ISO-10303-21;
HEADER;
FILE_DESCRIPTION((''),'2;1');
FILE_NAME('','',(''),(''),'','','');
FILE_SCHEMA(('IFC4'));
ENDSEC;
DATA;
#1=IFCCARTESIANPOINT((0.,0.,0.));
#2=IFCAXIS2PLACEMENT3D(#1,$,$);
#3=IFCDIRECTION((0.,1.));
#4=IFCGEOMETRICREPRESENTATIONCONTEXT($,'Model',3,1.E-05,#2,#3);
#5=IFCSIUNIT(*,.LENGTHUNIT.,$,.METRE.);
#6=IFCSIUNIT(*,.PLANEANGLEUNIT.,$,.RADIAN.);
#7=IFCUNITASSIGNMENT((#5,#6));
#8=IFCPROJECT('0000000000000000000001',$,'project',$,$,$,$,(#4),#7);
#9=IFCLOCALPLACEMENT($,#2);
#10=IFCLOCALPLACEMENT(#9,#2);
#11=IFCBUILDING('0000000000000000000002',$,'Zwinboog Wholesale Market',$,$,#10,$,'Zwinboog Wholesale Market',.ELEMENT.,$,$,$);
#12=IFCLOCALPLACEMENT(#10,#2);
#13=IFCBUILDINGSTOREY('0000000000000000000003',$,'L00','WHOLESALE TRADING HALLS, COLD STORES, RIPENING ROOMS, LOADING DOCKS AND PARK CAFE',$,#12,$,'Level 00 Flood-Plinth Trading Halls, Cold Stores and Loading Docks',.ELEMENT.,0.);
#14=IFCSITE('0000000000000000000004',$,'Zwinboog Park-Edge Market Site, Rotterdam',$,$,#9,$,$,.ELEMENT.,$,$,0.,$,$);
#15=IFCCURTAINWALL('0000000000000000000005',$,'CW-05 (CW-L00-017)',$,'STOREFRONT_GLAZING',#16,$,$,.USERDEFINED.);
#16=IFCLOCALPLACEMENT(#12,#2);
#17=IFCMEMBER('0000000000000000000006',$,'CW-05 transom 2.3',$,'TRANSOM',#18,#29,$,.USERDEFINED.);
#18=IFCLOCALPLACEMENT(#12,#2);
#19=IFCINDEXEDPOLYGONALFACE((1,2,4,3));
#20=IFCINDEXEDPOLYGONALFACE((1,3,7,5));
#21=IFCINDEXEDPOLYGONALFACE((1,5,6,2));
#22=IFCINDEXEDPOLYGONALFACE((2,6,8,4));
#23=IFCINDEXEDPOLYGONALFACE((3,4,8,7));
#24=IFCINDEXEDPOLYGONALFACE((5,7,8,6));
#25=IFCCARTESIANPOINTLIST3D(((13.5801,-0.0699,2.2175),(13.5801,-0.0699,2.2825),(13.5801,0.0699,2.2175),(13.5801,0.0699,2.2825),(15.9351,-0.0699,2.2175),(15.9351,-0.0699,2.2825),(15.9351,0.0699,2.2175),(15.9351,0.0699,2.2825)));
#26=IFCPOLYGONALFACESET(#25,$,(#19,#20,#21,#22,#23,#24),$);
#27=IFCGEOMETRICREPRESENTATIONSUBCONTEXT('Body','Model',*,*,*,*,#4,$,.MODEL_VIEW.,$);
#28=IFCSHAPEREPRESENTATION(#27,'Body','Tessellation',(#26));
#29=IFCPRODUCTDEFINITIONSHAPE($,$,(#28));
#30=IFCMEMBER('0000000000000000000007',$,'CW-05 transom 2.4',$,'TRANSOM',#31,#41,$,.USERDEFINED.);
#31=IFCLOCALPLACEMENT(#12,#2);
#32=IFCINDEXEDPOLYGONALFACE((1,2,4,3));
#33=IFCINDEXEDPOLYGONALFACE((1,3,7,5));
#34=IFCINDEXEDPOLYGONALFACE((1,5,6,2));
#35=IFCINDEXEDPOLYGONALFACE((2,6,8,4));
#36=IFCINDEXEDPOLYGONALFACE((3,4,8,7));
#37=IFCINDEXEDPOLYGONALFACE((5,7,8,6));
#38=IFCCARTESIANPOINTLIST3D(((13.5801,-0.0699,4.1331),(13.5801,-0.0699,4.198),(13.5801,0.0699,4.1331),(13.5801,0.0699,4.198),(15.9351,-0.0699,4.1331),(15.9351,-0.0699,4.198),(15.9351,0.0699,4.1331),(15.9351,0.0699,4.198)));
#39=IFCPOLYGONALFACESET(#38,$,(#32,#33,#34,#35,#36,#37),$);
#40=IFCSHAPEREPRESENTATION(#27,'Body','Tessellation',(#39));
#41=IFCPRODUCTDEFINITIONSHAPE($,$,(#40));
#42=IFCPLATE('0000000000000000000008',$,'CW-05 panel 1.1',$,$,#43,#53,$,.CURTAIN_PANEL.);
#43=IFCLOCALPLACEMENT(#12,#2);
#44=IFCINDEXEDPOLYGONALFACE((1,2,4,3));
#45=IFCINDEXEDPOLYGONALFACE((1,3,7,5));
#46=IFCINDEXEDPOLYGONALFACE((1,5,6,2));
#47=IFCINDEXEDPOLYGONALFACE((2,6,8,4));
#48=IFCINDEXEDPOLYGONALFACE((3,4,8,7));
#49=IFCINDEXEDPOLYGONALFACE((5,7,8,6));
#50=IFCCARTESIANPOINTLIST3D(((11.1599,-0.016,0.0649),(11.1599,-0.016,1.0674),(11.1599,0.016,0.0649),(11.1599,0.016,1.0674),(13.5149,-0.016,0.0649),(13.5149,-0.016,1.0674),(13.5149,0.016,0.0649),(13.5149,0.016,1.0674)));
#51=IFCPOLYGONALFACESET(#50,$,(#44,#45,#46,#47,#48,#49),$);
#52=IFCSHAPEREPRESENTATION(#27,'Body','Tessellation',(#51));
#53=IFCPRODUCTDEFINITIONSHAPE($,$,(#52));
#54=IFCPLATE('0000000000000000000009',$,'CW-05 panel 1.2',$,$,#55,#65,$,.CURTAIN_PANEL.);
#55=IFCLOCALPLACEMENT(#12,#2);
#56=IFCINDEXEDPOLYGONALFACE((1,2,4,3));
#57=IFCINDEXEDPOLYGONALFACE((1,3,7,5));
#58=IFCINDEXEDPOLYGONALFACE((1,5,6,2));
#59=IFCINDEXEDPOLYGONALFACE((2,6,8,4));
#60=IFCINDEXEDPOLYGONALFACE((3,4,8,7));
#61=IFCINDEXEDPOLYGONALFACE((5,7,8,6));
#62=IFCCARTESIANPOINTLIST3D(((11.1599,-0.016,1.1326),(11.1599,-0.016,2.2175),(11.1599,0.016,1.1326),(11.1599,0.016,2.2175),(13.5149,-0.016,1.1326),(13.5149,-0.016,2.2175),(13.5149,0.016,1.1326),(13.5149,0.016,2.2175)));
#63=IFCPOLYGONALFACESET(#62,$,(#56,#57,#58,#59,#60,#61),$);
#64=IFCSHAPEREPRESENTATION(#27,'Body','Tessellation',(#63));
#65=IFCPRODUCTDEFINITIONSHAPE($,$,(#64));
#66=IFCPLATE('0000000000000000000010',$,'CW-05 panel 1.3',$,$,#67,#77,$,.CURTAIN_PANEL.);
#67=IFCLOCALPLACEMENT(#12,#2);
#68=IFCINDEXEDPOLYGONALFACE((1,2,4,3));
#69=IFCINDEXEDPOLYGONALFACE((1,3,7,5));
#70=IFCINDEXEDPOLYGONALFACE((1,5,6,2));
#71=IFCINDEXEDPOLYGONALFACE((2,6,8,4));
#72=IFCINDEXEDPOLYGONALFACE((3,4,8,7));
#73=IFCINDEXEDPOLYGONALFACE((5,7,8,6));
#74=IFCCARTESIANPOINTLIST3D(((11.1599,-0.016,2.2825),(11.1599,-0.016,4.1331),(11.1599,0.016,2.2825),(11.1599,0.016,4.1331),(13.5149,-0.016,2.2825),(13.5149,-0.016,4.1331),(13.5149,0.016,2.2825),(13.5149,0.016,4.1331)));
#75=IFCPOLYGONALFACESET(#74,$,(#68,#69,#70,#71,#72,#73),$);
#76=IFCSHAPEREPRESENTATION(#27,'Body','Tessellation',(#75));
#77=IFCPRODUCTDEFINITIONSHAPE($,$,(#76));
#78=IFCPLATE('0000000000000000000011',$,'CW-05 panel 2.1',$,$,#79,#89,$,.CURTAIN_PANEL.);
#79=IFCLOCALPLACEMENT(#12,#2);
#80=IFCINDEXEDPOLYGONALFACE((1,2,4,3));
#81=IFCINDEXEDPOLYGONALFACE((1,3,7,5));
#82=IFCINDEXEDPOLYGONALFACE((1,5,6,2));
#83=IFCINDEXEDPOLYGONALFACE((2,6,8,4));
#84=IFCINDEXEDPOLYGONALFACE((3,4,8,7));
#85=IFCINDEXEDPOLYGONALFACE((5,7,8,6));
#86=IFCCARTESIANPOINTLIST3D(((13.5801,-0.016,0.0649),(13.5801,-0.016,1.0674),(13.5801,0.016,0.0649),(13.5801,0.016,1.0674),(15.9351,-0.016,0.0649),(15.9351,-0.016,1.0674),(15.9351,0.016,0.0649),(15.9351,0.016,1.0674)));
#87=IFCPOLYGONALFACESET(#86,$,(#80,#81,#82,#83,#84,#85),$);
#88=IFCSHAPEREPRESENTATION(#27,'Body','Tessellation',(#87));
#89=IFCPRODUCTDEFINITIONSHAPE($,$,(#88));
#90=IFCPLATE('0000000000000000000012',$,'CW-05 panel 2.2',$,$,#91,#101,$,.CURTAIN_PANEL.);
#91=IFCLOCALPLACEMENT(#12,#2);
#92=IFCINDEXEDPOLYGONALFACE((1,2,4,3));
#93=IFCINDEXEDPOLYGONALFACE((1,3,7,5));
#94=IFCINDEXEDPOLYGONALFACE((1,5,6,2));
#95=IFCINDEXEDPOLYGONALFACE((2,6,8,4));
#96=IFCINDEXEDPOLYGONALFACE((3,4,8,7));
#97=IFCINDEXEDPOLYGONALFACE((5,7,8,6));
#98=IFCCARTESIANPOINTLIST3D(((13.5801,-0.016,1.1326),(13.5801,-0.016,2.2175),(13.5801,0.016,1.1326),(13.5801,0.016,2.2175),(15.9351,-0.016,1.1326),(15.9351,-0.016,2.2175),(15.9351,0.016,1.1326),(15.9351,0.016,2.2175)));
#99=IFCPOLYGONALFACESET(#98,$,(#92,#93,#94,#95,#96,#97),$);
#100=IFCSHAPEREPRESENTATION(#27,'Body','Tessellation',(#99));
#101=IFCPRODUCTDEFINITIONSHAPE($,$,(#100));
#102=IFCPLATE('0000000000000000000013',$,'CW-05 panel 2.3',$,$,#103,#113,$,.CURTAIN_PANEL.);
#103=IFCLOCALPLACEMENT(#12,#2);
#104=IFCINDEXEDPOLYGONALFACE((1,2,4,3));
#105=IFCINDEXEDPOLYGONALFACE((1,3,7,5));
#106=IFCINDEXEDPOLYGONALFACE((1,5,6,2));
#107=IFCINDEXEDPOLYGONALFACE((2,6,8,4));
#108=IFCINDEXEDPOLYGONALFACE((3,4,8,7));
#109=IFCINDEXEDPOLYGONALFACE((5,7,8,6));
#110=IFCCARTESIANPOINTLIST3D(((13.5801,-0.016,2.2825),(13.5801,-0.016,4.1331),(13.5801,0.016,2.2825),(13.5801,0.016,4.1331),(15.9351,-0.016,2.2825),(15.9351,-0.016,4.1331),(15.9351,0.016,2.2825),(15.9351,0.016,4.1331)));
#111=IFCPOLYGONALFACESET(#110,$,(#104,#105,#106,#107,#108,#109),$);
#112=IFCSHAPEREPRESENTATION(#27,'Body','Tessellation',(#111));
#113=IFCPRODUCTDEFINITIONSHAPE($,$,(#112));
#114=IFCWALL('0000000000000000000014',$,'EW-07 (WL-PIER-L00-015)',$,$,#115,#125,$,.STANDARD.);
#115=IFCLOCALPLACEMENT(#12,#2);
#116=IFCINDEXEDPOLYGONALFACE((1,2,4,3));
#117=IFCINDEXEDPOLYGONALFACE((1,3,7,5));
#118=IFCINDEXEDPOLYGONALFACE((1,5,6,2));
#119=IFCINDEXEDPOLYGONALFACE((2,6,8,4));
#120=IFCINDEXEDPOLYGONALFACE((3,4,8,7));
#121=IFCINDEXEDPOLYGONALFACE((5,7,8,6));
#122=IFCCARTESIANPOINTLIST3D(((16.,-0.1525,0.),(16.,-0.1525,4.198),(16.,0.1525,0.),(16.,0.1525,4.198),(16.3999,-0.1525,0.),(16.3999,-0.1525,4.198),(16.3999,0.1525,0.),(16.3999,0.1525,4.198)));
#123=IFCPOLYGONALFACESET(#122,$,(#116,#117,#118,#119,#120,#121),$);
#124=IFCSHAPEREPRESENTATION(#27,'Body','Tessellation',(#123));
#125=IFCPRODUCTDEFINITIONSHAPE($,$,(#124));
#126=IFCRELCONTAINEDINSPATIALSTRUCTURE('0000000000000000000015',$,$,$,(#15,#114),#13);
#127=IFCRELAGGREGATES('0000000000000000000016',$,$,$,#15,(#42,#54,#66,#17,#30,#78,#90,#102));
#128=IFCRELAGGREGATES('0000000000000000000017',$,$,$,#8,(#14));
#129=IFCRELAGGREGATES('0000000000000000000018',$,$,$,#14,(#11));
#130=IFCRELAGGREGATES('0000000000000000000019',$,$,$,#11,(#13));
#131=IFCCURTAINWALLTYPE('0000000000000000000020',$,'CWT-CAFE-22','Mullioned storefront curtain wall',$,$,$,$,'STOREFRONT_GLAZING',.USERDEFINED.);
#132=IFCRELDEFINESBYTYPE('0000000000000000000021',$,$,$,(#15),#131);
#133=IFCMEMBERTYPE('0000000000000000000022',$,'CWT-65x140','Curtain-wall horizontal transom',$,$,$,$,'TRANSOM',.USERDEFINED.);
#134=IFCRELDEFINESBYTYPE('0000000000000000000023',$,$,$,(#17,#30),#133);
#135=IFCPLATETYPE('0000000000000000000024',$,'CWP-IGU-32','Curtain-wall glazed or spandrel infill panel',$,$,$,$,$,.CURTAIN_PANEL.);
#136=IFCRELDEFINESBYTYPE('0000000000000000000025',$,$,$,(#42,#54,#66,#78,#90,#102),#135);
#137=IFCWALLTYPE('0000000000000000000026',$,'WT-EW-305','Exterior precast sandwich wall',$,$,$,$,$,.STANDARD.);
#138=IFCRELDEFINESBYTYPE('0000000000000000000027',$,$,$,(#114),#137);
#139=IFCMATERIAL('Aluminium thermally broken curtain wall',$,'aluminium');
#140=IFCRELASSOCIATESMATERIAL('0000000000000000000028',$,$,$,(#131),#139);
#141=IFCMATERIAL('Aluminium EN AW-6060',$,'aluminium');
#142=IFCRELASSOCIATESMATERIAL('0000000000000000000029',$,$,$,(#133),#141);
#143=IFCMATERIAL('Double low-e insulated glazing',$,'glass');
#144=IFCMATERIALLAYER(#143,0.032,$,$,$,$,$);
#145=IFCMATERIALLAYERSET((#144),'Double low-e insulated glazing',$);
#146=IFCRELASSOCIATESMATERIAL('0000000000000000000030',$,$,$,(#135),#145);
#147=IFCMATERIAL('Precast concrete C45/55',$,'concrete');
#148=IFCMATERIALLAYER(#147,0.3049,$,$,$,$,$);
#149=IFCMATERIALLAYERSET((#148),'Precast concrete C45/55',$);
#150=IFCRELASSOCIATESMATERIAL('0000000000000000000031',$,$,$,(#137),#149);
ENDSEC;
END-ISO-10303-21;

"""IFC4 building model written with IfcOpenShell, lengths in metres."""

from ifc_helpers import new_model, si_unit, direction, frame, frame_2d, origin, origin_2d, place, context, subcontext, project, spatial, rectangle, extrude, material, layer, layer_set, material_profile, profile_set, type_object, element, aggregate, save


model = new_model("IFC4")

# Units and contexts
model_context = context("Model", 3, precision=1e-05, world=origin(), true_north=direction((0.0, 1.0)))
body_context = subcontext(model_context, "Body", "Model", "MODEL_VIEW")
ifc_project = project(units=[si_unit("LENGTHUNIT", "METRE"), si_unit("PLANEANGLEUNIT", "RADIAN")], contexts=[model_context])

# Site, building, storey
site_placement = place(None, origin())
site = spatial("IfcSite", under=ifc_project, at=site_placement, Name="Zwinboog Park-Edge Market Site, Rotterdam", CompositionType="ELEMENT", RefElevation=0.0)
building_placement = place(site_placement, origin())
building = spatial("IfcBuilding", under=site, at=building_placement, Name="Zwinboog Wholesale Market", LongName="Zwinboog Wholesale Market", CompositionType="ELEMENT")
storey_placement = place(building_placement, origin())
storey = spatial("IfcBuildingStorey", under=building, at=storey_placement, Name="L00", Description="WHOLESALE TRADING HALLS, COLD STORES, RIPENING ROOMS, LOADING DOCKS AND PARK CAFE", LongName="Level 00 Flood-Plinth Trading Halls, Cold Stores and Loading Docks", CompositionType="ELEMENT", Elevation=0.0)

# Curtain wall
ifc_material_1 = material(Name="Aluminium thermally broken curtain wall", Category="aluminium")
curtain_wall_type_1 = type_object("IfcCurtainWallType", Name="CWT-CAFE-22", Description="Mullioned storefront curtain wall", ElementType="STOREFRONT_GLAZING", PredefinedType="USERDEFINED", material=ifc_material_1)
curtain_wall_1_placement = place(storey_placement, origin())
curtain_wall_1 = element("IfcCurtainWall", 1, at=curtain_wall_1_placement, inside=storey, type_object=curtain_wall_type_1, Name="CW-05 (CW-L00-017)", ObjectType="STOREFRONT_GLAZING", PredefinedType="USERDEFINED")
ifc_material_2 = material(Name="Aluminium EN AW-6060", Category="aluminium")

# Members
ifc_material_profile_1 = material_profile(ifc_material_2, rectangle(XDim=0.1399, YDim=0.0649, at=origin_2d()), Name="AL 65x140")
ifc_profile_set_1 = profile_set([ifc_material_profile_1], Name="Aluminium EN AW-6060")
member_type_1 = type_object("IfcMemberType", Name="CWT-65x140", Description="Curtain-wall horizontal transom", ElementType="TRANSOM", PredefinedType="USERDEFINED", material=ifc_profile_set_1)
member_1_placement = place(storey_placement, frame((13.5801, 0.0, 2.25), z_axis=(1.0, 0.0, 0.0), x_axis=(0.0, 1.0, 0.0)))
member_1 = element("IfcMember", 2, at=member_1_placement, type_object=member_type_1, Name="CW-05 transom 2.3", ObjectType="TRANSOM", PredefinedType="USERDEFINED", context=body_context, shape_type="SweptSolid", body=[
    extrude(rectangle(XDim=0.1399, YDim=0.0649, at=origin_2d()), origin(), (0.0, 0.0, 1.0), 2.355),
])
member_2_placement = place(storey_placement, frame((13.5801, 0.0, 4.1655), z_axis=(1.0, 0.0, 0.0), x_axis=(0.0, 1.0, 0.0)))
member_2 = element("IfcMember", 3, at=member_2_placement, type_object=member_type_1, Name="CW-05 transom 2.4", ObjectType="TRANSOM", PredefinedType="USERDEFINED", context=body_context, shape_type="SweptSolid", body=[
    extrude(rectangle(XDim=0.1399, YDim=0.0649, at=origin_2d()), origin(), (0.0, 0.0, 1.0), 2.355),
])

# Plates
ifc_material_3 = material(Name="Double low-e insulated glazing", Category="glass")
ifc_layer_1 = layer(ifc_material_3, 0.032)
ifc_layer_set_1 = layer_set([ifc_layer_1], Name="Double low-e insulated glazing")
plate_type = type_object("IfcPlateType", Name="CWP-IGU-32", Description="Curtain-wall glazed or spandrel infill panel", PredefinedType="CURTAIN_PANEL", material=ifc_layer_set_1)
plate_1_placement = place(storey_placement, frame((12.3374, 0.0, 0.0649), z_axis=(0.0, 0.0, 1.0), x_axis=(1.0, 0.0, 0.0)))
plate_1 = element("IfcPlate", 4, at=plate_1_placement, type_object=plate_type, Name="CW-05 panel 1.1", PredefinedType="CURTAIN_PANEL", context=body_context, shape_type="SweptSolid", body=[
    extrude(rectangle(XDim=2.355, YDim=0.032, at=origin_2d()), origin(), (0.0, 0.0, 1.0), 1.0024),
])
plate_2_placement = place(storey_placement, frame((12.3374, 0.0, 1.1326), z_axis=(0.0, 0.0, 1.0), x_axis=(1.0, 0.0, 0.0)))
plate_2 = element("IfcPlate", 5, at=plate_2_placement, type_object=plate_type, Name="CW-05 panel 1.2", PredefinedType="CURTAIN_PANEL", context=body_context, shape_type="SweptSolid", body=[
    extrude(rectangle(XDim=2.355, YDim=0.032, at=origin_2d()), origin(), (0.0, 0.0, 1.0), 1.085),
])
plate_3_placement = place(storey_placement, frame((12.3374, 0.0, 2.2825), z_axis=(0.0, 0.0, 1.0), x_axis=(1.0, 0.0, 0.0)))
plate_3 = element("IfcPlate", 6, at=plate_3_placement, type_object=plate_type, Name="CW-05 panel 1.3", PredefinedType="CURTAIN_PANEL", context=body_context, shape_type="SweptSolid", body=[
    extrude(rectangle(XDim=2.355, YDim=0.032, at=origin_2d()), origin(), (0.0, 0.0, 1.0), 1.8506),
])
plate_4_placement = place(storey_placement, frame((14.7576, 0.0, 0.0649), z_axis=(0.0, 0.0, 1.0), x_axis=(1.0, 0.0, 0.0)))
plate_4 = element("IfcPlate", 7, at=plate_4_placement, type_object=plate_type, Name="CW-05 panel 2.1", PredefinedType="CURTAIN_PANEL", context=body_context, shape_type="SweptSolid", body=[
    extrude(rectangle(XDim=2.355, YDim=0.032, at=origin_2d()), origin(), (0.0, 0.0, 1.0), 1.0024),
])
plate_5_placement = place(storey_placement, frame((14.7576, 0.0, 1.1326), z_axis=(0.0, 0.0, 1.0), x_axis=(1.0, 0.0, 0.0)))
plate_5 = element("IfcPlate", 8, at=plate_5_placement, type_object=plate_type, Name="CW-05 panel 2.2", PredefinedType="CURTAIN_PANEL", context=body_context, shape_type="SweptSolid", body=[
    extrude(rectangle(XDim=2.355, YDim=0.032, at=origin_2d()), origin(), (0.0, 0.0, 1.0), 1.085),
])
plate_6_placement = place(storey_placement, frame((14.7576, 0.0, 2.2825), z_axis=(0.0, 0.0, 1.0), x_axis=(1.0, 0.0, 0.0)))
plate_6 = element("IfcPlate", 9, at=plate_6_placement, type_object=plate_type, Name="CW-05 panel 2.3", PredefinedType="CURTAIN_PANEL", context=body_context, shape_type="SweptSolid", body=[
    extrude(rectangle(XDim=2.355, YDim=0.032, at=origin_2d()), origin(), (0.0, 0.0, 1.0), 1.8506),
])
aggregate(curtain_wall_1, [plate_1, plate_2, plate_3, member_1, member_2, plate_4, plate_5, plate_6])

# Wall
ifc_material_4 = material(Name="Precast concrete C45/55", Category="concrete")
ifc_layer_2 = layer(ifc_material_4, 0.3049)
ifc_layer_set_2 = layer_set([ifc_layer_2], Name="Precast concrete C45/55")
wall_type = type_object("IfcWallType", Name="WT-EW-305", Description="Exterior precast sandwich wall", PredefinedType="STANDARD", material=ifc_layer_set_2)
wall_placement = place(storey_placement, frame((16.0, 0.0, 0.0), z_axis=(0.0, 0.0, 1.0), x_axis=(1.0, 0.0, 0.0)))
element("IfcWall", 10, at=wall_placement, inside=storey, type_object=wall_type, Name="EW-07 (WL-PIER-L00-015)", PredefinedType="STANDARD", context=body_context, shape_type="SweptSolid", body=[
    extrude(rectangle(XDim=0.3999, YDim=0.3049, at=frame_2d((0.2, 0.0))), origin(), (0.0, 0.0, 1.0), 4.198),
])

save(model, "model.ifc")
